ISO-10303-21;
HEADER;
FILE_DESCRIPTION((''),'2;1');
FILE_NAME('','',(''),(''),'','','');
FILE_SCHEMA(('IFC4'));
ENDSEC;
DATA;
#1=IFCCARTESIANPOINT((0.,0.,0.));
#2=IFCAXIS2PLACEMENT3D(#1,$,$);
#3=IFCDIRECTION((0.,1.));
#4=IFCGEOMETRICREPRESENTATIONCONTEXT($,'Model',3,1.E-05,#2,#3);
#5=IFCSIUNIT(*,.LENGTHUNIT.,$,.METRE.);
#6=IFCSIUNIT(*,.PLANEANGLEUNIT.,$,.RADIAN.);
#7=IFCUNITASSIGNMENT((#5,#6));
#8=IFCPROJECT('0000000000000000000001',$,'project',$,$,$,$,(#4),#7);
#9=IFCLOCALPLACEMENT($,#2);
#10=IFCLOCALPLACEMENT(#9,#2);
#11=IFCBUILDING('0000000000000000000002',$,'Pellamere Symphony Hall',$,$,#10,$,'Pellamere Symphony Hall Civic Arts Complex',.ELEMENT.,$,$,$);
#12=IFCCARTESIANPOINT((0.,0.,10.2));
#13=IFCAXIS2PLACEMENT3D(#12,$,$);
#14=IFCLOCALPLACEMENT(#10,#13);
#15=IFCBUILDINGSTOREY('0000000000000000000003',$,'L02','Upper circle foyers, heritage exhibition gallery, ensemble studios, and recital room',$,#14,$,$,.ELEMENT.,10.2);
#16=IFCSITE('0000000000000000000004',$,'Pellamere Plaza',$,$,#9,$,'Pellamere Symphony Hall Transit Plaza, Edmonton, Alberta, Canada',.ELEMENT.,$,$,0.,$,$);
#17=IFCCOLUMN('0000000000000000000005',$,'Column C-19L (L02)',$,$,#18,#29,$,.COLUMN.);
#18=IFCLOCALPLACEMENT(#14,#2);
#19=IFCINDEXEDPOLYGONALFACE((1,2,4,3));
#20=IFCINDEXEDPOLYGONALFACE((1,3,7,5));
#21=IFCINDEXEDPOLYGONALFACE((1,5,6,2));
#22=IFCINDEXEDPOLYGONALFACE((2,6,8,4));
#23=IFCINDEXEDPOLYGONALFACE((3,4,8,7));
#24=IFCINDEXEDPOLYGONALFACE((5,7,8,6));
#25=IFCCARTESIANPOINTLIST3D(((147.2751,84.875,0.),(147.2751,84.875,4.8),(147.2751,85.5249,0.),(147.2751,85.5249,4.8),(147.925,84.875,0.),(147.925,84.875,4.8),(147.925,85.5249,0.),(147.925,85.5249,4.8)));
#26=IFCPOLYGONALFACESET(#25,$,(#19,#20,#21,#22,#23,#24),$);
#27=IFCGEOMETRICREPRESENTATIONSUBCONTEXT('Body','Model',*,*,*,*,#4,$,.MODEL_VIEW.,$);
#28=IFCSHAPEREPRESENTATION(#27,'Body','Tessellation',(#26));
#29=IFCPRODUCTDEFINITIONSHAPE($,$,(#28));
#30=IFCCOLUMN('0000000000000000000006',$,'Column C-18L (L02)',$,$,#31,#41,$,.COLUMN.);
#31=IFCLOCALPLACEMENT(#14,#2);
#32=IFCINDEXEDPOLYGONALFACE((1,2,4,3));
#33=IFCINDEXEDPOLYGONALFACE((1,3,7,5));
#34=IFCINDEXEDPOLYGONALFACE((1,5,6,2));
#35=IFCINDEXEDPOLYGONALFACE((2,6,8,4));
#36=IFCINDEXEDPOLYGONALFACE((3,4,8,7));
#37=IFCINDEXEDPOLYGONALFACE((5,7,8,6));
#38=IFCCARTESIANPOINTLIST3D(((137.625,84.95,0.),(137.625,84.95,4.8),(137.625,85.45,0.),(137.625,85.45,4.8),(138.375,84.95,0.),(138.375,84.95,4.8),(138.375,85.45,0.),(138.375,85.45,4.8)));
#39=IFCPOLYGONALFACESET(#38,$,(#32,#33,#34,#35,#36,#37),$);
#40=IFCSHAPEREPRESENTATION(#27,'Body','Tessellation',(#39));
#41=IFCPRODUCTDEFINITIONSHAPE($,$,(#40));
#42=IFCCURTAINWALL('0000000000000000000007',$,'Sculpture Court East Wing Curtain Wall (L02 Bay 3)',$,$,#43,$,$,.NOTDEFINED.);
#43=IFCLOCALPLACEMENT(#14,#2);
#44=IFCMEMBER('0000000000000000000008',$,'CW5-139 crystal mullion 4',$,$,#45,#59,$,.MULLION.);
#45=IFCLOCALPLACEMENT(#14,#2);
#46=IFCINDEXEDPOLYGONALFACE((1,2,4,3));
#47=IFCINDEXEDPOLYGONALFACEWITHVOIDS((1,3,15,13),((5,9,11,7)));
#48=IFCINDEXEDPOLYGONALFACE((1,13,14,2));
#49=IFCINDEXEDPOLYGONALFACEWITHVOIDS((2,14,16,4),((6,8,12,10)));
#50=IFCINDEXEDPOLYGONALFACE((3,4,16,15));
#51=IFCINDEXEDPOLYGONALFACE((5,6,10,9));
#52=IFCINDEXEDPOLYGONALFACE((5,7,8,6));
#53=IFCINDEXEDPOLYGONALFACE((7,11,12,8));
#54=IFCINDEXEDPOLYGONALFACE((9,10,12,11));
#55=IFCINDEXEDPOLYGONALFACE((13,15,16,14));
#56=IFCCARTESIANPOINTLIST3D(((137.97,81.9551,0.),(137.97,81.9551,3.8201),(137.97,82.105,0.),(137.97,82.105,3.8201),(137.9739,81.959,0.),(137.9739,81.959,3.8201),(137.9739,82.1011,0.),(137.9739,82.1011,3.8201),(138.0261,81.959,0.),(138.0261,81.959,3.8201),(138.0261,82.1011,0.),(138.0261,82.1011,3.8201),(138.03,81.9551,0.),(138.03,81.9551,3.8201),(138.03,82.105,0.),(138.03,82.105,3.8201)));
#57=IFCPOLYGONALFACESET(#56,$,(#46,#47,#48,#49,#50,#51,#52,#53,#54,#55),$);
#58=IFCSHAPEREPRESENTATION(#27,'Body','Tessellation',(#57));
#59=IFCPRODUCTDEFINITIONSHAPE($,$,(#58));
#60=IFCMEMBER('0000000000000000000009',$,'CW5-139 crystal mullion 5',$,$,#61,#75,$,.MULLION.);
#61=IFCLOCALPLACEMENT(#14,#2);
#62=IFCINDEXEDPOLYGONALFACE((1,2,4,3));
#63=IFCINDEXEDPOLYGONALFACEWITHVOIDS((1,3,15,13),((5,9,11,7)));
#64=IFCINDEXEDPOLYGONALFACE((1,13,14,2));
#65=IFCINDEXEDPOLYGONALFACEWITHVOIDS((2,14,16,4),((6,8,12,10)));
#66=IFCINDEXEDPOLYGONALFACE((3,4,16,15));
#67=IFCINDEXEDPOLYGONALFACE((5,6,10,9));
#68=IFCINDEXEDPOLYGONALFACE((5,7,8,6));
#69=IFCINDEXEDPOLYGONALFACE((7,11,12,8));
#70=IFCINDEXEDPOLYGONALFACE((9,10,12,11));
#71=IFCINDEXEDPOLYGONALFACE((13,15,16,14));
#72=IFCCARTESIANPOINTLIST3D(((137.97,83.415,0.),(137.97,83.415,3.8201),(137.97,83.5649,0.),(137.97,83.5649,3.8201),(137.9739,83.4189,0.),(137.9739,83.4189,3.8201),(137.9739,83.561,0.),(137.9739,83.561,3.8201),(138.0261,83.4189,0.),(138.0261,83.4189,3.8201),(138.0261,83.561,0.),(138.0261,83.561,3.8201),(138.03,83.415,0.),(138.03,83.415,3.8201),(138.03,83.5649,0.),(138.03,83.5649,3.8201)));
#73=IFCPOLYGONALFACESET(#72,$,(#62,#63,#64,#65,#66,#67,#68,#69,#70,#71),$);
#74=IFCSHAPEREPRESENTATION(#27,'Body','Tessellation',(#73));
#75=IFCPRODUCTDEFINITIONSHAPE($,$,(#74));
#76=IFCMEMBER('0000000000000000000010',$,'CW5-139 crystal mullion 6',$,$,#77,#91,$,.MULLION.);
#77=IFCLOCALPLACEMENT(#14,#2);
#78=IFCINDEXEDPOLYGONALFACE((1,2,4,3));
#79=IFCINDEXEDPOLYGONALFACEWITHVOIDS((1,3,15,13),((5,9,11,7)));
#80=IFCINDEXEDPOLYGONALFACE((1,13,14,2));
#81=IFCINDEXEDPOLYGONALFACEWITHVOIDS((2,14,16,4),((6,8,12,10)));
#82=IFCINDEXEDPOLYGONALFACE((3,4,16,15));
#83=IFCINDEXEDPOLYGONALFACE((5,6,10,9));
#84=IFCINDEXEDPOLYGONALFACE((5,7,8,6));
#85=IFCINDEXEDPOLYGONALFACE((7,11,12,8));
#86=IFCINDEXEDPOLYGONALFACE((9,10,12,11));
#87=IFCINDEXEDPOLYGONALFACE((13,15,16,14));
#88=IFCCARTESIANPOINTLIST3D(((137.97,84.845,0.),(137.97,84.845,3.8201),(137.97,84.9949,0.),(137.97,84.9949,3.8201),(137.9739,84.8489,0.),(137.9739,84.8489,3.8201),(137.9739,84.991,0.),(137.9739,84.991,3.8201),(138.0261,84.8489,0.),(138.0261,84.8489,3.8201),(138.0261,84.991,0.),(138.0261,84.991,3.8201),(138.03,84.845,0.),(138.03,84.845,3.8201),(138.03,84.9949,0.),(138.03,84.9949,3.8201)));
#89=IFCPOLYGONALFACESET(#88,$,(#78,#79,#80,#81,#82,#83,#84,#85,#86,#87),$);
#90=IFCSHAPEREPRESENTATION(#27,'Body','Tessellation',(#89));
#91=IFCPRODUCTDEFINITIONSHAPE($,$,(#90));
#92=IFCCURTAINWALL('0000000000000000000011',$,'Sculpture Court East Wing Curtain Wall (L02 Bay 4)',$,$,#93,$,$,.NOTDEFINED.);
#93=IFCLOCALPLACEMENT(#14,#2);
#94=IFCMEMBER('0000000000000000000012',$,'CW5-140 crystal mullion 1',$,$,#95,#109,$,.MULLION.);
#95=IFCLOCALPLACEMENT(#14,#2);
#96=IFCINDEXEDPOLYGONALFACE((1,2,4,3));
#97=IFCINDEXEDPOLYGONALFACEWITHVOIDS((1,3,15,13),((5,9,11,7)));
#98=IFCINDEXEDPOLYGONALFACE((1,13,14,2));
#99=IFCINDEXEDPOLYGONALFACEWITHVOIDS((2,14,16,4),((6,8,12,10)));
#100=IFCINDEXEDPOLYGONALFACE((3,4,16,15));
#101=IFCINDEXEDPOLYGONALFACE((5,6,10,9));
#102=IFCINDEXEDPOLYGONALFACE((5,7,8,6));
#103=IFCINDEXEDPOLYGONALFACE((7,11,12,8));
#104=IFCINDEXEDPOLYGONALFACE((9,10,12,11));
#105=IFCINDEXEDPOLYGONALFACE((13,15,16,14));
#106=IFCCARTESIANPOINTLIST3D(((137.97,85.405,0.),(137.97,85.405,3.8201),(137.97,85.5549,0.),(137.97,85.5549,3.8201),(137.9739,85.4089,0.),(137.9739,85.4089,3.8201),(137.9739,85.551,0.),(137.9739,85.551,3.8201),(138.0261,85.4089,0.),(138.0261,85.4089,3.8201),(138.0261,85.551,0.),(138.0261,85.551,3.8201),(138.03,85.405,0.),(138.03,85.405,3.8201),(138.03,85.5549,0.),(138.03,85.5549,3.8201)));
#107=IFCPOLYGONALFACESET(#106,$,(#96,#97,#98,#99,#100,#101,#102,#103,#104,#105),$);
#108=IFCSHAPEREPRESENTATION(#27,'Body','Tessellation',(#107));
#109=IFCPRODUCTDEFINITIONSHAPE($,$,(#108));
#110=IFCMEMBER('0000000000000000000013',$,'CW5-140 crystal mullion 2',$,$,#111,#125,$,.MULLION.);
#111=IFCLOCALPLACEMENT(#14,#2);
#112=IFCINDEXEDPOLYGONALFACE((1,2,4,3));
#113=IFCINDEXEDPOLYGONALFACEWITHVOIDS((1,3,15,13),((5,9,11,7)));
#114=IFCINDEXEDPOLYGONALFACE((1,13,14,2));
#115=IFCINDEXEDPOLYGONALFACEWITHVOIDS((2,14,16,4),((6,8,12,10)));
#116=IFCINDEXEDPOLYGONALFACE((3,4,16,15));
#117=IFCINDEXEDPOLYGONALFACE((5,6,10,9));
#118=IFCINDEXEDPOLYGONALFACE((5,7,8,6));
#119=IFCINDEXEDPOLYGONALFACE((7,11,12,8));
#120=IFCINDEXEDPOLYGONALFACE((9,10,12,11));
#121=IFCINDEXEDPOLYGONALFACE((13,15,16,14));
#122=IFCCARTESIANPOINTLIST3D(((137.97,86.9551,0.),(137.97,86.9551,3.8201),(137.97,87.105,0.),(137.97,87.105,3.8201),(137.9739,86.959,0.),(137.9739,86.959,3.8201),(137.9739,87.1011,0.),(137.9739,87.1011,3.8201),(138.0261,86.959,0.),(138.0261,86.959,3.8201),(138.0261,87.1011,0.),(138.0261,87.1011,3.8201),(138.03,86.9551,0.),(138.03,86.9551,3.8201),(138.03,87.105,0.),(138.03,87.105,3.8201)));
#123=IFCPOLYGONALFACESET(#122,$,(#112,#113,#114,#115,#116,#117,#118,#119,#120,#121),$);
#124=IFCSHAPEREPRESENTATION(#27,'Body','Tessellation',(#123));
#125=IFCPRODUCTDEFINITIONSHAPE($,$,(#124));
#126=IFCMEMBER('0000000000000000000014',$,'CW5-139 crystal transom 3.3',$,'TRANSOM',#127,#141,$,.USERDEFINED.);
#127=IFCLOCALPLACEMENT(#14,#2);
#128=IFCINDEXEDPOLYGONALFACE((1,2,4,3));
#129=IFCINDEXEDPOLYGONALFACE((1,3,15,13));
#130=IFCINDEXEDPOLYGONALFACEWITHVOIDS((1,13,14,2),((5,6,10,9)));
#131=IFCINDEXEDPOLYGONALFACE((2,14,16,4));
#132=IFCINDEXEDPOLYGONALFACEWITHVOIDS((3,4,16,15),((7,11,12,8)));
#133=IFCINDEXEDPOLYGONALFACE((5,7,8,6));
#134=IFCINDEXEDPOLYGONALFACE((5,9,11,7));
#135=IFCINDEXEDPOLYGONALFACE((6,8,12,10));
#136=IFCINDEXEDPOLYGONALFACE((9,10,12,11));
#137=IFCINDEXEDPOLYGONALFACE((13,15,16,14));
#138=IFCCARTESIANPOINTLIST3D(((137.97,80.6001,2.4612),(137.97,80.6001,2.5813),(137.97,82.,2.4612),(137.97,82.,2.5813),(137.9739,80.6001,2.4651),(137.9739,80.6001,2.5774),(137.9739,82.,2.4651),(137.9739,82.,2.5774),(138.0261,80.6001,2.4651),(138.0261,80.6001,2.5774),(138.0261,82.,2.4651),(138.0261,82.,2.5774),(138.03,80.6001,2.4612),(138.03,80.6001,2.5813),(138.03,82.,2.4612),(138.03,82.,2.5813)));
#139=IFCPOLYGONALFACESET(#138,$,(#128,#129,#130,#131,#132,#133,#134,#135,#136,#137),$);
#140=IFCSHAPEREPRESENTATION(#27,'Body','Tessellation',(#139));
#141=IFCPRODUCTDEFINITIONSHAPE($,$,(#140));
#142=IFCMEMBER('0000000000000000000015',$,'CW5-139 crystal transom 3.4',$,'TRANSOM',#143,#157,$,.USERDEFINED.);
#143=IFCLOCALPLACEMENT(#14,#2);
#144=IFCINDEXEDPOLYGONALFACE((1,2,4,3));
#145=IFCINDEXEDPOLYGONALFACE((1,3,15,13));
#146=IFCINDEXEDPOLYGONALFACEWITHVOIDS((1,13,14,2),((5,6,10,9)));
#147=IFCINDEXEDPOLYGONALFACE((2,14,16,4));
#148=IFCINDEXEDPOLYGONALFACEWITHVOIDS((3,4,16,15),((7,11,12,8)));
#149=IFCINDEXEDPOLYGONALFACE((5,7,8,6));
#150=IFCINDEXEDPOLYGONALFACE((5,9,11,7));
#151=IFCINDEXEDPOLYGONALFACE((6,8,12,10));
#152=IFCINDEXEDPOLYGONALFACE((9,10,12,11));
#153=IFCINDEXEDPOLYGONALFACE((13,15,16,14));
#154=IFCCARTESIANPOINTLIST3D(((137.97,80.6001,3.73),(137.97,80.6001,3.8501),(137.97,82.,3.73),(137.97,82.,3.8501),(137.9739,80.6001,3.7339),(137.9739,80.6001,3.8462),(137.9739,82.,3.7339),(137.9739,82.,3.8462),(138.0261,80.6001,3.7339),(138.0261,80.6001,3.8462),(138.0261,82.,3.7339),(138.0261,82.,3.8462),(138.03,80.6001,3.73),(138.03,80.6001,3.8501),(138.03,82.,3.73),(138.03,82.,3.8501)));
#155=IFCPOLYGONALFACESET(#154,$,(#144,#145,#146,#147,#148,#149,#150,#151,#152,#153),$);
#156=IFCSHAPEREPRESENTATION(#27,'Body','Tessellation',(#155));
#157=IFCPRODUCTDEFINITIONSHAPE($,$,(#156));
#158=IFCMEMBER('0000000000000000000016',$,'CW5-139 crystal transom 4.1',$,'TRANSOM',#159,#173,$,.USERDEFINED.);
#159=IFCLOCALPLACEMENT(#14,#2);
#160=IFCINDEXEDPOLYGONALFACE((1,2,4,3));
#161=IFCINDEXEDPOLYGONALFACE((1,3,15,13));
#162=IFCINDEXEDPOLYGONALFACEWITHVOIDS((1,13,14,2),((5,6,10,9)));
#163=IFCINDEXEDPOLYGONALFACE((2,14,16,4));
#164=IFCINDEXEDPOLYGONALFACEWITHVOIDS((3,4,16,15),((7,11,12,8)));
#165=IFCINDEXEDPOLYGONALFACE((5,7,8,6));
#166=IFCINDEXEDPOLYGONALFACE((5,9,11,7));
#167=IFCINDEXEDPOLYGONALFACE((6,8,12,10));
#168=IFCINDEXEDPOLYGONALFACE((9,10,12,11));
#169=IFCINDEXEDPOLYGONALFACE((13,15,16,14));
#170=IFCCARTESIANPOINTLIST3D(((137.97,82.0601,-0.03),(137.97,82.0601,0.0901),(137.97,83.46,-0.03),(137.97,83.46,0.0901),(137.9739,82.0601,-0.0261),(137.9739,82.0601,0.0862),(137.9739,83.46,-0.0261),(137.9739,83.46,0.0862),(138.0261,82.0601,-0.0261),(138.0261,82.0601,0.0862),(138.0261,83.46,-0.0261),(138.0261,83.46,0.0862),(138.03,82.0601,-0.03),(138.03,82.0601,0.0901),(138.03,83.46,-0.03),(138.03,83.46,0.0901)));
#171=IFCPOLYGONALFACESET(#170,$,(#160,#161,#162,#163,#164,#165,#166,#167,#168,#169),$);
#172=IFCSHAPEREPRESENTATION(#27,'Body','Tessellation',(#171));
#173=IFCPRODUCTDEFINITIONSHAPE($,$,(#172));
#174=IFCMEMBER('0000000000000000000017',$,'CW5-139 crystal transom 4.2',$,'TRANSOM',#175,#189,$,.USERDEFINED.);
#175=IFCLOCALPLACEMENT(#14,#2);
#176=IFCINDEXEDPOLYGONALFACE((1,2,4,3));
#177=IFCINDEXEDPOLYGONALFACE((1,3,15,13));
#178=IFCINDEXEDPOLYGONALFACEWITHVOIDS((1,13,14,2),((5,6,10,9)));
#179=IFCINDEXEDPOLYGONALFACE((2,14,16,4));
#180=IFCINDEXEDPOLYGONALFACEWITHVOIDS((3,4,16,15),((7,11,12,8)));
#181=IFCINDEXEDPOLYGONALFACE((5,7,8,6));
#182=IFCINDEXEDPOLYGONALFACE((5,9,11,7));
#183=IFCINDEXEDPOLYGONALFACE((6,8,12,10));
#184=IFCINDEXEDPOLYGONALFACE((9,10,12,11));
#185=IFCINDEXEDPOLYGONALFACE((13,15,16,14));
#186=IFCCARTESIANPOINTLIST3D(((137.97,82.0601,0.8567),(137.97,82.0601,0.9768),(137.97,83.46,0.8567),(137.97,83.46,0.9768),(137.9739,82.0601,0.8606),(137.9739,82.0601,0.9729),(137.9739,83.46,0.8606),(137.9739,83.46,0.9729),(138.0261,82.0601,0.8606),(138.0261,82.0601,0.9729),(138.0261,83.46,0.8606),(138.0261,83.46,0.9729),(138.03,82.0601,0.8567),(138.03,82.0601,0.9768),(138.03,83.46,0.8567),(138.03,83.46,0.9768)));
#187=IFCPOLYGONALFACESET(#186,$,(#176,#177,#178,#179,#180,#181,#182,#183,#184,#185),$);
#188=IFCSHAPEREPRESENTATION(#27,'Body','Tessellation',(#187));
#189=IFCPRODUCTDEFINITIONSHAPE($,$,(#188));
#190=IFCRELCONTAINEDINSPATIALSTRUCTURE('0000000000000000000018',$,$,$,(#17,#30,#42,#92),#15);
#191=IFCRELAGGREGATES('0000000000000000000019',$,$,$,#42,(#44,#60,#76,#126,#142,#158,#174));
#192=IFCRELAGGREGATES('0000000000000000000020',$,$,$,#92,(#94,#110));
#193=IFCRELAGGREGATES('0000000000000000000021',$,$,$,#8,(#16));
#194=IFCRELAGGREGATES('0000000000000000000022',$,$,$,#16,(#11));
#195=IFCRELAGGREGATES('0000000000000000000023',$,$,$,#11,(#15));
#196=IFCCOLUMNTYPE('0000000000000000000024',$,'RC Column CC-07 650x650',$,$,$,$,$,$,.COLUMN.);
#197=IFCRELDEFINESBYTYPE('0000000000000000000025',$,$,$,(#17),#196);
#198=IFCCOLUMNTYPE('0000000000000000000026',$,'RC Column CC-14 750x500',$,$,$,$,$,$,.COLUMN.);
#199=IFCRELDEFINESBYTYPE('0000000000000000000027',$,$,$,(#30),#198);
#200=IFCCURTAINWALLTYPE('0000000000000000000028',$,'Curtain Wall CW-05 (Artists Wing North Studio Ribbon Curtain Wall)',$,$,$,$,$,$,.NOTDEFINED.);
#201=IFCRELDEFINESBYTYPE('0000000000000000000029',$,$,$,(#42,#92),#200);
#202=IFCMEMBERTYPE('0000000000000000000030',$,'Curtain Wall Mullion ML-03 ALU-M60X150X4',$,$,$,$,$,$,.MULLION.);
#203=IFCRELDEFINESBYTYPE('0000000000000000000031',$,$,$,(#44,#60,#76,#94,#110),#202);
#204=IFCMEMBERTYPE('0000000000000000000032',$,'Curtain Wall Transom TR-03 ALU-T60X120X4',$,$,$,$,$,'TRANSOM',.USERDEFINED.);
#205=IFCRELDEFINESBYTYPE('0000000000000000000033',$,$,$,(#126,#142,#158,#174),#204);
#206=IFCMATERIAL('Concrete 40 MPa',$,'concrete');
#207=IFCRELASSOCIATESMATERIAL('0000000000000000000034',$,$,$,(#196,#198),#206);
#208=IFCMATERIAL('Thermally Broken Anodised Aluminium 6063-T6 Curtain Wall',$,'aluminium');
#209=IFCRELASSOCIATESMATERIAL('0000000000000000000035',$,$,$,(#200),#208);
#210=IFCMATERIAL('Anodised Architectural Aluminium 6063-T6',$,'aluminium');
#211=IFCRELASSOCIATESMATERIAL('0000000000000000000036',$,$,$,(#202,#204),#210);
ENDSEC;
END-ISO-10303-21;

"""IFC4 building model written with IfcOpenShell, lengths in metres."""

from ifc_helpers import new_model, si_unit, direction, frame, origin, origin_2d, place, context, subcontext, project, spatial, rectangle, hollow_rectangle, extrude, material, material_profile, profile_set, type_object, element, aggregate, save


model = new_model("IFC4")

# Units and contexts
model_context = context("Model", 3, precision=1e-05, world=origin(), true_north=direction((0.0, 1.0)))
body_context = subcontext(model_context, "Body", "Model", "MODEL_VIEW")
ifc_project = project(units=[si_unit("LENGTHUNIT", "METRE"), si_unit("PLANEANGLEUNIT", "RADIAN")], contexts=[model_context])

# Site, building, storey
site_placement = place(None, origin())
site = spatial("IfcSite", under=ifc_project, at=site_placement, Name="Pellamere Plaza", LongName="Pellamere Symphony Hall Transit Plaza, Edmonton, Alberta, Canada", CompositionType="ELEMENT", RefElevation=0.0)
building_placement = place(site_placement, origin())
building = spatial("IfcBuilding", under=site, at=building_placement, Name="Pellamere Symphony Hall", LongName="Pellamere Symphony Hall Civic Arts Complex", CompositionType="ELEMENT")
storey_placement = place(building_placement, frame((0.0, 0.0, 10.2)))
storey = spatial("IfcBuildingStorey", under=building, at=storey_placement, Name="L02", Description="Upper circle foyers, heritage exhibition gallery, ensemble studios, and recital room", CompositionType="ELEMENT", Elevation=10.2)

# Columns
ifc_material_1 = material(Name="Concrete 40 MPa", Category="concrete")
ifc_material_profile_1 = material_profile(ifc_material_1, rectangle(XDim=0.6499, YDim=0.6499, at=origin_2d()), Name="RC 650x650")
ifc_profile_set_1 = profile_set([ifc_material_profile_1], Name="Concrete 40 MPa")
column_type_1 = type_object("IfcColumnType", Name="RC Column CC-07 650x650", PredefinedType="COLUMN", material=ifc_profile_set_1)
column_1_placement = place(storey_placement, frame((147.6001, 85.2, 0.0), z_axis=(0.0, 0.0, 1.0), x_axis=(1.0, 0.0, 0.0)))
element("IfcColumn", 1, at=column_1_placement, inside=storey, type_object=column_type_1, Name="Column C-19L (L02)", PredefinedType="COLUMN", context=body_context, shape_type="SweptSolid", body=[
    extrude(rectangle(XDim=0.6499, YDim=0.6499, at=origin_2d()), origin(), (0.0, 0.0, 1.0), 4.8),
])
ifc_material_profile_2 = material_profile(ifc_material_1, rectangle(XDim=0.75, YDim=0.5, at=origin_2d()), Name="RC 750x500")
ifc_profile_set_2 = profile_set([ifc_material_profile_2], Name="Concrete 40 MPa")
column_type_2 = type_object("IfcColumnType", Name="RC Column CC-14 750x500", PredefinedType="COLUMN", material=ifc_profile_set_2)
column_2_placement = place(storey_placement, frame((138.0, 85.2, 0.0), z_axis=(0.0, 0.0, 1.0), x_axis=(1.0, 0.0, 0.0)))
element("IfcColumn", 2, at=column_2_placement, inside=storey, type_object=column_type_2, Name="Column C-18L (L02)", PredefinedType="COLUMN", context=body_context, shape_type="SweptSolid", body=[
    extrude(rectangle(XDim=0.75, YDim=0.5, at=origin_2d()), origin(), (0.0, 0.0, 1.0), 4.8),
])

# Curtain walls, members
ifc_material_2 = material(Name="Thermally Broken Anodised Aluminium 6063-T6 Curtain Wall", Category="aluminium")
curtain_wall_type = type_object("IfcCurtainWallType", Name="Curtain Wall CW-05 (Artists Wing North Studio Ribbon Curtain Wall)", PredefinedType="NOTDEFINED", material=ifc_material_2)
curtain_wall_1_placement = place(storey_placement, origin())
curtain_wall_1 = element("IfcCurtainWall", 3, at=curtain_wall_1_placement, inside=storey, type_object=curtain_wall_type, Name="Sculpture Court East Wing Curtain Wall (L02 Bay 3)", PredefinedType="NOTDEFINED")
ifc_material_3 = material(Name="Anodised Architectural Aluminium 6063-T6", Category="aluminium")
ifc_material_profile_3 = material_profile(ifc_material_3, hollow_rectangle(XDim=0.0601, YDim=0.1499, WallThickness=0.0039, at=origin_2d()), Name="ALU-M60X150X4")
ifc_profile_set_3 = profile_set([ifc_material_profile_3], Name="Anodised Architectural Aluminium 6063-T6")
member_type_1 = type_object("IfcMemberType", Name="Curtain Wall Mullion ML-03 ALU-M60X150X4", PredefinedType="MULLION", material=ifc_profile_set_3)
member_1_placement = place(storey_placement, frame((138.0, 82.03, 0.0), z_axis=(0.0, 0.0, 1.0), x_axis=(-1.0, 0.0, 0.0)))
member_1 = element("IfcMember", 4, at=member_1_placement, type_object=member_type_1, Name="CW5-139 crystal mullion 4", PredefinedType="MULLION", context=body_context, shape_type="SweptSolid", body=[
    extrude(hollow_rectangle(XDim=0.0601, YDim=0.1499, WallThickness=0.0039, at=origin_2d()), origin(), (0.0, 0.0, 1.0), 3.8201),
])
member_2_placement = place(storey_placement, frame((138.0, 83.49, 0.0), z_axis=(0.0, 0.0, 1.0), x_axis=(-1.0, 0.0, 0.0)))
member_2 = element("IfcMember", 5, at=member_2_placement, type_object=member_type_1, Name="CW5-139 crystal mullion 5", PredefinedType="MULLION", context=body_context, shape_type="SweptSolid", body=[
    extrude(hollow_rectangle(XDim=0.0601, YDim=0.1499, WallThickness=0.0039, at=origin_2d()), origin(), (0.0, 0.0, 1.0), 3.8201),
])
member_3_placement = place(storey_placement, frame((138.0, 84.9199, 0.0), z_axis=(0.0, 0.0, 1.0), x_axis=(-1.0, 0.0, 0.0)))
member_3 = element("IfcMember", 6, at=member_3_placement, type_object=member_type_1, Name="CW5-139 crystal mullion 6", PredefinedType="MULLION", context=body_context, shape_type="SweptSolid", body=[
    extrude(hollow_rectangle(XDim=0.0601, YDim=0.1499, WallThickness=0.0039, at=origin_2d()), origin(), (0.0, 0.0, 1.0), 3.8201),
])
curtain_wall_2_placement = place(storey_placement, origin())
curtain_wall_2 = element("IfcCurtainWall", 7, at=curtain_wall_2_placement, inside=storey, type_object=curtain_wall_type, Name="Sculpture Court East Wing Curtain Wall (L02 Bay 4)", PredefinedType="NOTDEFINED")
member_4_placement = place(storey_placement, frame((138.0, 85.48, 0.0), z_axis=(0.0, 0.0, 1.0), x_axis=(-1.0, 0.0, 0.0)))
member_4 = element("IfcMember", 8, at=member_4_placement, type_object=member_type_1, Name="CW5-140 crystal mullion 1", PredefinedType="MULLION", context=body_context, shape_type="SweptSolid", body=[
    extrude(hollow_rectangle(XDim=0.0601, YDim=0.1499, WallThickness=0.0039, at=origin_2d()), origin(), (0.0, 0.0, 1.0), 3.8201),
])
member_5_placement = place(storey_placement, frame((138.0, 87.03, 0.0), z_axis=(0.0, 0.0, 1.0), x_axis=(-1.0, 0.0, 0.0)))
member_5 = element("IfcMember", 9, at=member_5_placement, type_object=member_type_1, Name="CW5-140 crystal mullion 2", PredefinedType="MULLION", context=body_context, shape_type="SweptSolid", body=[
    extrude(hollow_rectangle(XDim=0.0601, YDim=0.1499, WallThickness=0.0039, at=origin_2d()), origin(), (0.0, 0.0, 1.0), 3.8201),
])

# Members
ifc_material_profile_4 = material_profile(ifc_material_3, hollow_rectangle(XDim=0.0601, YDim=0.1201, WallThickness=0.0039, at=origin_2d()), Name="ALU-T60X120X4")
ifc_profile_set_4 = profile_set([ifc_material_profile_4], Name="Anodised Architectural Aluminium 6063-T6")
member_type_2 = type_object("IfcMemberType", Name="Curtain Wall Transom TR-03 ALU-T60X120X4", ElementType="TRANSOM", PredefinedType="USERDEFINED", material=ifc_profile_set_4)
member_6_placement = place(storey_placement, frame((138.0, 80.6001, 2.5212), z_axis=(0.0, 1.0, 0.0), x_axis=(-1.0, 0.0, 0.0)))
member_6 = element("IfcMember", 10, at=member_6_placement, type_object=member_type_2, Name="CW5-139 crystal transom 3.3", ObjectType="TRANSOM", PredefinedType="USERDEFINED", context=body_context, shape_type="SweptSolid", body=[
    extrude(hollow_rectangle(XDim=0.0601, YDim=0.1201, WallThickness=0.0039, at=origin_2d()), origin(), (0.0, 0.0, 1.0), 1.3999),
])
member_7_placement = place(storey_placement, frame((138.0, 80.6001, 3.79), z_axis=(0.0, 1.0, 0.0), x_axis=(-1.0, 0.0, 0.0)))
member_7 = element("IfcMember", 11, at=member_7_placement, type_object=member_type_2, Name="CW5-139 crystal transom 3.4", ObjectType="TRANSOM", PredefinedType="USERDEFINED", context=body_context, shape_type="SweptSolid", body=[
    extrude(hollow_rectangle(XDim=0.0601, YDim=0.1201, WallThickness=0.0039, at=origin_2d()), origin(), (0.0, 0.0, 1.0), 1.3999),
])
member_8_placement = place(storey_placement, frame((138.0, 82.0601, 0.03), z_axis=(0.0, 1.0, 0.0), x_axis=(-1.0, 0.0, 0.0)))
member_8 = element("IfcMember", 12, at=member_8_placement, type_object=member_type_2, Name="CW5-139 crystal transom 4.1", ObjectType="TRANSOM", PredefinedType="USERDEFINED", context=body_context, shape_type="SweptSolid", body=[
    extrude(hollow_rectangle(XDim=0.0601, YDim=0.1201, WallThickness=0.0039, at=origin_2d()), origin(), (0.0, 0.0, 1.0), 1.3999),
])
member_9_placement = place(storey_placement, frame((138.0, 82.0601, 0.9167), z_axis=(0.0, 1.0, 0.0), x_axis=(-1.0, 0.0, 0.0)))
member_9 = element("IfcMember", 13, at=member_9_placement, type_object=member_type_2, Name="CW5-139 crystal transom 4.2", ObjectType="TRANSOM", PredefinedType="USERDEFINED", context=body_context, shape_type="SweptSolid", body=[
    extrude(hollow_rectangle(XDim=0.0601, YDim=0.1201, WallThickness=0.0039, at=origin_2d()), origin(), (0.0, 0.0, 1.0), 1.3999),
])

aggregate(curtain_wall_1, [member_1, member_2, member_3, member_6, member_7, member_8, member_9])
aggregate(curtain_wall_2, [member_4, member_5])

save(model, "model.ifc")
